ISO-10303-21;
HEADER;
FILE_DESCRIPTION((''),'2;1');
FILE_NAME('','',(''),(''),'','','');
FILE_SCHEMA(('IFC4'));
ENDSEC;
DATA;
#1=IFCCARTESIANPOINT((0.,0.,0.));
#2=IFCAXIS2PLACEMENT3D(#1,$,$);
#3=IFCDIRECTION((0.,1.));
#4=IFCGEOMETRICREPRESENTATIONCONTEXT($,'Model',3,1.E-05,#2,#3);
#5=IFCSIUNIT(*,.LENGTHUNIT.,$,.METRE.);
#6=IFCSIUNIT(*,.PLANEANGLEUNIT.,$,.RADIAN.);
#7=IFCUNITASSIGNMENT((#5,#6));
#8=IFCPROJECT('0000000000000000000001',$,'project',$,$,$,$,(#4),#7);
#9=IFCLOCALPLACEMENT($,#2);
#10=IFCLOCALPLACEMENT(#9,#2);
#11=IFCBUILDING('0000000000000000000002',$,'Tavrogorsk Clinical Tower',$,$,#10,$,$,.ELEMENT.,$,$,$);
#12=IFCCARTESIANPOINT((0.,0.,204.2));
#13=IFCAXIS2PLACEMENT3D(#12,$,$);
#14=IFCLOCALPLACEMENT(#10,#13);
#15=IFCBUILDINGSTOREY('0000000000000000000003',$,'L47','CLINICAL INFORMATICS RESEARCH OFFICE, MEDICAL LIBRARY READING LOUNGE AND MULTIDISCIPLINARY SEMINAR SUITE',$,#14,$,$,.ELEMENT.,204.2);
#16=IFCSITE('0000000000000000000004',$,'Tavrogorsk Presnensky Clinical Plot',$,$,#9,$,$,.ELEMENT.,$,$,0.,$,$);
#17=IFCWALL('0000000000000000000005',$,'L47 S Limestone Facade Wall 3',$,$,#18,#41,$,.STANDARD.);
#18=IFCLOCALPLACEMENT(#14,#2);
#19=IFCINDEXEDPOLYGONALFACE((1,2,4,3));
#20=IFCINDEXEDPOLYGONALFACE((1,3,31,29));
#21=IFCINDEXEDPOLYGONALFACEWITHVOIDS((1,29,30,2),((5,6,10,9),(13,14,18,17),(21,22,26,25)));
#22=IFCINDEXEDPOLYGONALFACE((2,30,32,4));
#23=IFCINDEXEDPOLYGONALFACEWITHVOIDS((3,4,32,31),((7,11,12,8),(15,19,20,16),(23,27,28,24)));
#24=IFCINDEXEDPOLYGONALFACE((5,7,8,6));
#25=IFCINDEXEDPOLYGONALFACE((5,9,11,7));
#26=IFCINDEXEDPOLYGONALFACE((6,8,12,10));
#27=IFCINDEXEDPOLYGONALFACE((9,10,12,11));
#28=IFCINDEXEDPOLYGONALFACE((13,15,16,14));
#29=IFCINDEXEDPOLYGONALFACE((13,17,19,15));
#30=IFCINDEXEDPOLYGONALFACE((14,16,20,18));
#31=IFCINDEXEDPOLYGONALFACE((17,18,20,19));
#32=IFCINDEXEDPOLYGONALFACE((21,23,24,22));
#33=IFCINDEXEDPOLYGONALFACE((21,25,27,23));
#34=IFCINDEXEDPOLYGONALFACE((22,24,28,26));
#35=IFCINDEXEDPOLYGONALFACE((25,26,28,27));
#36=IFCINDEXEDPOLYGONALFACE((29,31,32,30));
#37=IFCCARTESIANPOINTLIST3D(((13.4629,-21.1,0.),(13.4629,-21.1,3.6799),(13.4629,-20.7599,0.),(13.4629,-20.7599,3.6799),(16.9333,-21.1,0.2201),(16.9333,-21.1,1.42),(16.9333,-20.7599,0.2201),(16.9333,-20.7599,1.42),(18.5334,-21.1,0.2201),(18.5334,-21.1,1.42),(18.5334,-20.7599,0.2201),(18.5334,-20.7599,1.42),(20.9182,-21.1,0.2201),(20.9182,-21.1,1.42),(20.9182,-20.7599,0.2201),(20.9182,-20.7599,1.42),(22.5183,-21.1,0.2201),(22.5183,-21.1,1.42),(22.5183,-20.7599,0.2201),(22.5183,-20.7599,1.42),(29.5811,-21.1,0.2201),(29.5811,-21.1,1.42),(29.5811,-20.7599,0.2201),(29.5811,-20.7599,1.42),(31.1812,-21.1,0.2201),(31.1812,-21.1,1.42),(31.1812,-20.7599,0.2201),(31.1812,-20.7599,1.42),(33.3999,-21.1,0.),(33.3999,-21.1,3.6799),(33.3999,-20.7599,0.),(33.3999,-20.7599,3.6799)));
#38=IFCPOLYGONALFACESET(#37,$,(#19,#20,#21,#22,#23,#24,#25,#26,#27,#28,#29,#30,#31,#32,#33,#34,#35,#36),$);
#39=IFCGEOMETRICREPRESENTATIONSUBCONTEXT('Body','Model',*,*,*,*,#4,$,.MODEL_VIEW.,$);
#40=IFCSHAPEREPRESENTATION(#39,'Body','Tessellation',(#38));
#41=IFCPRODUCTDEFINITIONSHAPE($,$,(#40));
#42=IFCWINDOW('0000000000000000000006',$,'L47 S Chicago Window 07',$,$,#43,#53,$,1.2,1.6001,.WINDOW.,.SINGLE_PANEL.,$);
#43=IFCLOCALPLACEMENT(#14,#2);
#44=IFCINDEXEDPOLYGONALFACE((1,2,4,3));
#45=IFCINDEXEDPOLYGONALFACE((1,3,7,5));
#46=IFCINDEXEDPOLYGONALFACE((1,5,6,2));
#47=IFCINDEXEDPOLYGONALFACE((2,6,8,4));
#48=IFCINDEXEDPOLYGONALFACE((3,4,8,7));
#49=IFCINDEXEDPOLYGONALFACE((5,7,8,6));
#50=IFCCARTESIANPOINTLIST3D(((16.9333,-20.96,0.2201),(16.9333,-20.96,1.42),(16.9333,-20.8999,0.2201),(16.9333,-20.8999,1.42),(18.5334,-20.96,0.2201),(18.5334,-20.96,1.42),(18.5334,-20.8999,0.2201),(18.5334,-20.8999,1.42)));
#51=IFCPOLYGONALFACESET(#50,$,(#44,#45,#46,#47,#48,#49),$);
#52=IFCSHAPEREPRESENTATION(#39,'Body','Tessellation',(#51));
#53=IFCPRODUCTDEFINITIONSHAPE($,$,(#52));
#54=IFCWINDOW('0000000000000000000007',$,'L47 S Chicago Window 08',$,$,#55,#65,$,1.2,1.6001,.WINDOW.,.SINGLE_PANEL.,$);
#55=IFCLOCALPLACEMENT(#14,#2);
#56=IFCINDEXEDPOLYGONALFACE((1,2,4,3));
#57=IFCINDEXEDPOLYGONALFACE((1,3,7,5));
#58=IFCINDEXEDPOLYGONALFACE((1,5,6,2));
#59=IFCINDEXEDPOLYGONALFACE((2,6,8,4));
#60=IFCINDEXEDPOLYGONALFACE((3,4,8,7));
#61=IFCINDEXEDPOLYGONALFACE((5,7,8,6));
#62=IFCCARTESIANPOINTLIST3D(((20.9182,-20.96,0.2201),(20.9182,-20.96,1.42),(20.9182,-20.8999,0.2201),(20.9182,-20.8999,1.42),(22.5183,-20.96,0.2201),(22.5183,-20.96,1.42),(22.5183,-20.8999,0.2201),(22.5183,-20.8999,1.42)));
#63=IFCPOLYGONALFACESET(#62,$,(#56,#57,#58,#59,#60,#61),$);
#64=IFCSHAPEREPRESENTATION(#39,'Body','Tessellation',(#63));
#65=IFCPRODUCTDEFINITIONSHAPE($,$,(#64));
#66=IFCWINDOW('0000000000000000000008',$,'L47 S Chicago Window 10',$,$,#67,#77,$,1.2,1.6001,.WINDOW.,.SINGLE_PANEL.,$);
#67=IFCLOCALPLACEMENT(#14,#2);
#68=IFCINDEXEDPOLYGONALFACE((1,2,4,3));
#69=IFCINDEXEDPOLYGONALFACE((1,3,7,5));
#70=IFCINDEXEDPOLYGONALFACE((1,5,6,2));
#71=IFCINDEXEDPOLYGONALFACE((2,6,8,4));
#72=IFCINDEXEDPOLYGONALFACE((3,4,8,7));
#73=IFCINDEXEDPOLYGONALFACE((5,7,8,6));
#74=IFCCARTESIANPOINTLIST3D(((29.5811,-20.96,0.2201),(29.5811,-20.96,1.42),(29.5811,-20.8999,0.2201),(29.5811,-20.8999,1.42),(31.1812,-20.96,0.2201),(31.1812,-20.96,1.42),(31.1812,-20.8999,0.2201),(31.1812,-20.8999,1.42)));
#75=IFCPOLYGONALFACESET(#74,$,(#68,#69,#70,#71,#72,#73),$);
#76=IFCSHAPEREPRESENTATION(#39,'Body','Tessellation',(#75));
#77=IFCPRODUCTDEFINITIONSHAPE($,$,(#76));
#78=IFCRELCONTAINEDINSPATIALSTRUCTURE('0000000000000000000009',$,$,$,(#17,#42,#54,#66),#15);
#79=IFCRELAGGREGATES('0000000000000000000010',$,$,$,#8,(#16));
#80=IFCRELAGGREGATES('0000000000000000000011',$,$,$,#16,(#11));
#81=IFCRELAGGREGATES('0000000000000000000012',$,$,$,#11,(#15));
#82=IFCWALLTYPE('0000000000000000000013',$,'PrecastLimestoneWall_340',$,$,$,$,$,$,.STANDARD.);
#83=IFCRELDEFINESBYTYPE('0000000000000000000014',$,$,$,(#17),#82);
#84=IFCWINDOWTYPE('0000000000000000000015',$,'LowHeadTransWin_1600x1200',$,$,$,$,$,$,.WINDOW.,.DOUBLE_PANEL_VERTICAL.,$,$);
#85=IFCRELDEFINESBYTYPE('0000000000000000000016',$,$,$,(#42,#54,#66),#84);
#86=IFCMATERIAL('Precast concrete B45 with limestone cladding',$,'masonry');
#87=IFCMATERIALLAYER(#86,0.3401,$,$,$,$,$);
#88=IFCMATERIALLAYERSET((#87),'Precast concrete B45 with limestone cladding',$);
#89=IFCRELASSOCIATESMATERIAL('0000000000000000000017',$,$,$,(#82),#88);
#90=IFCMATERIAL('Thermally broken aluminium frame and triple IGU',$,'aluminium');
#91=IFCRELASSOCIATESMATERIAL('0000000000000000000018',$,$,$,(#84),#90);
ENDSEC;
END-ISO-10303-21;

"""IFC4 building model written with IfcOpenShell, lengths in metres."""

from ifc_helpers import new_model, si_unit, direction, frame, frame_2d, origin, place, context, subcontext, project, spatial, rectangle, extrude, material, layer, layer_set, type_object, element, fill, save


model = new_model("IFC4")

# Units and contexts
model_context = context("Model", 3, precision=1e-05, world=origin(), true_north=direction((0.0, 1.0)))
body_context = subcontext(model_context, "Body", "Model", "MODEL_VIEW")
ifc_project = project(units=[si_unit("LENGTHUNIT", "METRE"), si_unit("PLANEANGLEUNIT", "RADIAN")], contexts=[model_context])

# Site, building, storey
site_placement = place(None, origin())
site = spatial("IfcSite", under=ifc_project, at=site_placement, Name="Tavrogorsk Presnensky Clinical Plot", CompositionType="ELEMENT", RefElevation=0.0)
building_placement = place(site_placement, origin())
building = spatial("IfcBuilding", under=site, at=building_placement, Name="Tavrogorsk Clinical Tower", CompositionType="ELEMENT")
storey_placement = place(building_placement, frame((0.0, 0.0, 204.2)))
storey = spatial("IfcBuildingStorey", under=building, at=storey_placement, Name="L47", Description="CLINICAL INFORMATICS RESEARCH OFFICE, MEDICAL LIBRARY READING LOUNGE AND MULTIDISCIPLINARY SEMINAR SUITE", CompositionType="ELEMENT", Elevation=204.2)

# Wall, openings, windows
ifc_material_1 = material(Name="Precast concrete B45 with limestone cladding", Category="masonry")
ifc_layer_1 = layer(ifc_material_1, 0.3401)
ifc_layer_set_1 = layer_set([ifc_layer_1], Name="Precast concrete B45 with limestone cladding")
wall_type_1 = type_object("IfcWallType", Name="PrecastLimestoneWall_340", PredefinedType="STANDARD", material=ifc_layer_set_1)
wall_1_placement = place(storey_placement, frame((13.4629, -20.9299, 0.0), z_axis=(0.0, 0.0, 1.0), x_axis=(1.0, 0.0, 0.0)))
wall_1 = element("IfcWall", 1, at=wall_1_placement, inside=storey, type_object=wall_type_1, Name="L47 S Limestone Facade Wall 3", PredefinedType="STANDARD", context=body_context, shape_type="SweptSolid", body=[
    extrude(rectangle(XDim=19.937, YDim=0.3401, at=frame_2d((9.9685, 0.0))), origin(), (0.0, 0.0, 1.0), 3.6799),
])
opening_1_placement = place(wall_1_placement, frame((3.4705, 0.0, 0.22)))
opening_1 = element("IfcOpeningElement", 2, at=opening_1_placement, cuts=wall_1, PredefinedType="OPENING", context=body_context, shape_type="SweptSolid", body=[
    extrude(rectangle(XDim=1.6001, YDim=1.2, at=frame_2d((0.8, 0.6001))), frame((0.0, 0.1799, 0.0), z_axis=(0.0, -1.0, 0.0), x_axis=(1.0, 0.0, 0.0)), (0.0, 0.0, 1.0), 0.3601),
])
opening_2_placement = place(wall_1_placement, frame((7.4553, 0.0, 0.22)))
opening_2 = element("IfcOpeningElement", 3, at=opening_2_placement, cuts=wall_1, PredefinedType="OPENING", context=body_context, shape_type="SweptSolid", body=[
    extrude(rectangle(XDim=1.6001, YDim=1.2, at=frame_2d((0.8, 0.6001))), frame((0.0, 0.1799, 0.0), z_axis=(0.0, -1.0, 0.0), x_axis=(1.0, 0.0, 0.0)), (0.0, 0.0, 1.0), 0.3601),
])
opening_3_placement = place(wall_1_placement, frame((16.1182, 0.0, 0.22)))
opening_3 = element("IfcOpeningElement", 4, at=opening_3_placement, cuts=wall_1, PredefinedType="OPENING", context=body_context, shape_type="SweptSolid", body=[
    extrude(rectangle(XDim=1.6001, YDim=1.2, at=frame_2d((0.8, 0.6001))), frame((0.0, 0.1799, 0.0), z_axis=(0.0, -1.0, 0.0), x_axis=(1.0, 0.0, 0.0)), (0.0, 0.0, 1.0), 0.3601),
])
ifc_material_2 = material(Name="Thermally broken aluminium frame and triple IGU", Category="aluminium")
window_type = type_object("IfcWindowType", Name="LowHeadTransWin_1600x1200", PartitioningType="DOUBLE_PANEL_VERTICAL", PredefinedType="WINDOW", material=ifc_material_2)
window_1_placement = place(opening_1_placement, origin())
window_1 = element("IfcWindow", 5, at=window_1_placement, inside=storey, type_object=window_type, Name="L47 S Chicago Window 07", OverallHeight=1.2, OverallWidth=1.6001, PartitioningType="SINGLE_PANEL", PredefinedType="WINDOW", context=body_context, shape_type="SweptSolid", body=[
    extrude(rectangle(XDim=1.6001, YDim=1.2, at=frame_2d((0.8, 0.6001))), frame((0.0, 0.03, 0.0), z_axis=(0.0, -1.0, 0.0), x_axis=(1.0, 0.0, 0.0)), (0.0, 0.0, 1.0), 0.0601),
])
fill(opening_1, window_1)
window_2_placement = place(opening_2_placement, origin())
window_2 = element("IfcWindow", 6, at=window_2_placement, inside=storey, type_object=window_type, Name="L47 S Chicago Window 08", OverallHeight=1.2, OverallWidth=1.6001, PartitioningType="SINGLE_PANEL", PredefinedType="WINDOW", context=body_context, shape_type="SweptSolid", body=[
    extrude(rectangle(XDim=1.6001, YDim=1.2, at=frame_2d((0.8, 0.6001))), frame((0.0, 0.03, 0.0), z_axis=(0.0, -1.0, 0.0), x_axis=(1.0, 0.0, 0.0)), (0.0, 0.0, 1.0), 0.0601),
])
fill(opening_2, window_2)
window_3_placement = place(opening_3_placement, origin())
window_3 = element("IfcWindow", 7, at=window_3_placement, inside=storey, type_object=window_type, Name="L47 S Chicago Window 10", OverallHeight=1.2, OverallWidth=1.6001, PartitioningType="SINGLE_PANEL", PredefinedType="WINDOW", context=body_context, shape_type="SweptSolid", body=[
    extrude(rectangle(XDim=1.6001, YDim=1.2, at=frame_2d((0.8, 0.6001))), frame((0.0, 0.03, 0.0), z_axis=(0.0, -1.0, 0.0), x_axis=(1.0, 0.0, 0.0)), (0.0, 0.0, 1.0), 0.0601),
])
fill(opening_3, window_3)

save(model, "model.ifc")
